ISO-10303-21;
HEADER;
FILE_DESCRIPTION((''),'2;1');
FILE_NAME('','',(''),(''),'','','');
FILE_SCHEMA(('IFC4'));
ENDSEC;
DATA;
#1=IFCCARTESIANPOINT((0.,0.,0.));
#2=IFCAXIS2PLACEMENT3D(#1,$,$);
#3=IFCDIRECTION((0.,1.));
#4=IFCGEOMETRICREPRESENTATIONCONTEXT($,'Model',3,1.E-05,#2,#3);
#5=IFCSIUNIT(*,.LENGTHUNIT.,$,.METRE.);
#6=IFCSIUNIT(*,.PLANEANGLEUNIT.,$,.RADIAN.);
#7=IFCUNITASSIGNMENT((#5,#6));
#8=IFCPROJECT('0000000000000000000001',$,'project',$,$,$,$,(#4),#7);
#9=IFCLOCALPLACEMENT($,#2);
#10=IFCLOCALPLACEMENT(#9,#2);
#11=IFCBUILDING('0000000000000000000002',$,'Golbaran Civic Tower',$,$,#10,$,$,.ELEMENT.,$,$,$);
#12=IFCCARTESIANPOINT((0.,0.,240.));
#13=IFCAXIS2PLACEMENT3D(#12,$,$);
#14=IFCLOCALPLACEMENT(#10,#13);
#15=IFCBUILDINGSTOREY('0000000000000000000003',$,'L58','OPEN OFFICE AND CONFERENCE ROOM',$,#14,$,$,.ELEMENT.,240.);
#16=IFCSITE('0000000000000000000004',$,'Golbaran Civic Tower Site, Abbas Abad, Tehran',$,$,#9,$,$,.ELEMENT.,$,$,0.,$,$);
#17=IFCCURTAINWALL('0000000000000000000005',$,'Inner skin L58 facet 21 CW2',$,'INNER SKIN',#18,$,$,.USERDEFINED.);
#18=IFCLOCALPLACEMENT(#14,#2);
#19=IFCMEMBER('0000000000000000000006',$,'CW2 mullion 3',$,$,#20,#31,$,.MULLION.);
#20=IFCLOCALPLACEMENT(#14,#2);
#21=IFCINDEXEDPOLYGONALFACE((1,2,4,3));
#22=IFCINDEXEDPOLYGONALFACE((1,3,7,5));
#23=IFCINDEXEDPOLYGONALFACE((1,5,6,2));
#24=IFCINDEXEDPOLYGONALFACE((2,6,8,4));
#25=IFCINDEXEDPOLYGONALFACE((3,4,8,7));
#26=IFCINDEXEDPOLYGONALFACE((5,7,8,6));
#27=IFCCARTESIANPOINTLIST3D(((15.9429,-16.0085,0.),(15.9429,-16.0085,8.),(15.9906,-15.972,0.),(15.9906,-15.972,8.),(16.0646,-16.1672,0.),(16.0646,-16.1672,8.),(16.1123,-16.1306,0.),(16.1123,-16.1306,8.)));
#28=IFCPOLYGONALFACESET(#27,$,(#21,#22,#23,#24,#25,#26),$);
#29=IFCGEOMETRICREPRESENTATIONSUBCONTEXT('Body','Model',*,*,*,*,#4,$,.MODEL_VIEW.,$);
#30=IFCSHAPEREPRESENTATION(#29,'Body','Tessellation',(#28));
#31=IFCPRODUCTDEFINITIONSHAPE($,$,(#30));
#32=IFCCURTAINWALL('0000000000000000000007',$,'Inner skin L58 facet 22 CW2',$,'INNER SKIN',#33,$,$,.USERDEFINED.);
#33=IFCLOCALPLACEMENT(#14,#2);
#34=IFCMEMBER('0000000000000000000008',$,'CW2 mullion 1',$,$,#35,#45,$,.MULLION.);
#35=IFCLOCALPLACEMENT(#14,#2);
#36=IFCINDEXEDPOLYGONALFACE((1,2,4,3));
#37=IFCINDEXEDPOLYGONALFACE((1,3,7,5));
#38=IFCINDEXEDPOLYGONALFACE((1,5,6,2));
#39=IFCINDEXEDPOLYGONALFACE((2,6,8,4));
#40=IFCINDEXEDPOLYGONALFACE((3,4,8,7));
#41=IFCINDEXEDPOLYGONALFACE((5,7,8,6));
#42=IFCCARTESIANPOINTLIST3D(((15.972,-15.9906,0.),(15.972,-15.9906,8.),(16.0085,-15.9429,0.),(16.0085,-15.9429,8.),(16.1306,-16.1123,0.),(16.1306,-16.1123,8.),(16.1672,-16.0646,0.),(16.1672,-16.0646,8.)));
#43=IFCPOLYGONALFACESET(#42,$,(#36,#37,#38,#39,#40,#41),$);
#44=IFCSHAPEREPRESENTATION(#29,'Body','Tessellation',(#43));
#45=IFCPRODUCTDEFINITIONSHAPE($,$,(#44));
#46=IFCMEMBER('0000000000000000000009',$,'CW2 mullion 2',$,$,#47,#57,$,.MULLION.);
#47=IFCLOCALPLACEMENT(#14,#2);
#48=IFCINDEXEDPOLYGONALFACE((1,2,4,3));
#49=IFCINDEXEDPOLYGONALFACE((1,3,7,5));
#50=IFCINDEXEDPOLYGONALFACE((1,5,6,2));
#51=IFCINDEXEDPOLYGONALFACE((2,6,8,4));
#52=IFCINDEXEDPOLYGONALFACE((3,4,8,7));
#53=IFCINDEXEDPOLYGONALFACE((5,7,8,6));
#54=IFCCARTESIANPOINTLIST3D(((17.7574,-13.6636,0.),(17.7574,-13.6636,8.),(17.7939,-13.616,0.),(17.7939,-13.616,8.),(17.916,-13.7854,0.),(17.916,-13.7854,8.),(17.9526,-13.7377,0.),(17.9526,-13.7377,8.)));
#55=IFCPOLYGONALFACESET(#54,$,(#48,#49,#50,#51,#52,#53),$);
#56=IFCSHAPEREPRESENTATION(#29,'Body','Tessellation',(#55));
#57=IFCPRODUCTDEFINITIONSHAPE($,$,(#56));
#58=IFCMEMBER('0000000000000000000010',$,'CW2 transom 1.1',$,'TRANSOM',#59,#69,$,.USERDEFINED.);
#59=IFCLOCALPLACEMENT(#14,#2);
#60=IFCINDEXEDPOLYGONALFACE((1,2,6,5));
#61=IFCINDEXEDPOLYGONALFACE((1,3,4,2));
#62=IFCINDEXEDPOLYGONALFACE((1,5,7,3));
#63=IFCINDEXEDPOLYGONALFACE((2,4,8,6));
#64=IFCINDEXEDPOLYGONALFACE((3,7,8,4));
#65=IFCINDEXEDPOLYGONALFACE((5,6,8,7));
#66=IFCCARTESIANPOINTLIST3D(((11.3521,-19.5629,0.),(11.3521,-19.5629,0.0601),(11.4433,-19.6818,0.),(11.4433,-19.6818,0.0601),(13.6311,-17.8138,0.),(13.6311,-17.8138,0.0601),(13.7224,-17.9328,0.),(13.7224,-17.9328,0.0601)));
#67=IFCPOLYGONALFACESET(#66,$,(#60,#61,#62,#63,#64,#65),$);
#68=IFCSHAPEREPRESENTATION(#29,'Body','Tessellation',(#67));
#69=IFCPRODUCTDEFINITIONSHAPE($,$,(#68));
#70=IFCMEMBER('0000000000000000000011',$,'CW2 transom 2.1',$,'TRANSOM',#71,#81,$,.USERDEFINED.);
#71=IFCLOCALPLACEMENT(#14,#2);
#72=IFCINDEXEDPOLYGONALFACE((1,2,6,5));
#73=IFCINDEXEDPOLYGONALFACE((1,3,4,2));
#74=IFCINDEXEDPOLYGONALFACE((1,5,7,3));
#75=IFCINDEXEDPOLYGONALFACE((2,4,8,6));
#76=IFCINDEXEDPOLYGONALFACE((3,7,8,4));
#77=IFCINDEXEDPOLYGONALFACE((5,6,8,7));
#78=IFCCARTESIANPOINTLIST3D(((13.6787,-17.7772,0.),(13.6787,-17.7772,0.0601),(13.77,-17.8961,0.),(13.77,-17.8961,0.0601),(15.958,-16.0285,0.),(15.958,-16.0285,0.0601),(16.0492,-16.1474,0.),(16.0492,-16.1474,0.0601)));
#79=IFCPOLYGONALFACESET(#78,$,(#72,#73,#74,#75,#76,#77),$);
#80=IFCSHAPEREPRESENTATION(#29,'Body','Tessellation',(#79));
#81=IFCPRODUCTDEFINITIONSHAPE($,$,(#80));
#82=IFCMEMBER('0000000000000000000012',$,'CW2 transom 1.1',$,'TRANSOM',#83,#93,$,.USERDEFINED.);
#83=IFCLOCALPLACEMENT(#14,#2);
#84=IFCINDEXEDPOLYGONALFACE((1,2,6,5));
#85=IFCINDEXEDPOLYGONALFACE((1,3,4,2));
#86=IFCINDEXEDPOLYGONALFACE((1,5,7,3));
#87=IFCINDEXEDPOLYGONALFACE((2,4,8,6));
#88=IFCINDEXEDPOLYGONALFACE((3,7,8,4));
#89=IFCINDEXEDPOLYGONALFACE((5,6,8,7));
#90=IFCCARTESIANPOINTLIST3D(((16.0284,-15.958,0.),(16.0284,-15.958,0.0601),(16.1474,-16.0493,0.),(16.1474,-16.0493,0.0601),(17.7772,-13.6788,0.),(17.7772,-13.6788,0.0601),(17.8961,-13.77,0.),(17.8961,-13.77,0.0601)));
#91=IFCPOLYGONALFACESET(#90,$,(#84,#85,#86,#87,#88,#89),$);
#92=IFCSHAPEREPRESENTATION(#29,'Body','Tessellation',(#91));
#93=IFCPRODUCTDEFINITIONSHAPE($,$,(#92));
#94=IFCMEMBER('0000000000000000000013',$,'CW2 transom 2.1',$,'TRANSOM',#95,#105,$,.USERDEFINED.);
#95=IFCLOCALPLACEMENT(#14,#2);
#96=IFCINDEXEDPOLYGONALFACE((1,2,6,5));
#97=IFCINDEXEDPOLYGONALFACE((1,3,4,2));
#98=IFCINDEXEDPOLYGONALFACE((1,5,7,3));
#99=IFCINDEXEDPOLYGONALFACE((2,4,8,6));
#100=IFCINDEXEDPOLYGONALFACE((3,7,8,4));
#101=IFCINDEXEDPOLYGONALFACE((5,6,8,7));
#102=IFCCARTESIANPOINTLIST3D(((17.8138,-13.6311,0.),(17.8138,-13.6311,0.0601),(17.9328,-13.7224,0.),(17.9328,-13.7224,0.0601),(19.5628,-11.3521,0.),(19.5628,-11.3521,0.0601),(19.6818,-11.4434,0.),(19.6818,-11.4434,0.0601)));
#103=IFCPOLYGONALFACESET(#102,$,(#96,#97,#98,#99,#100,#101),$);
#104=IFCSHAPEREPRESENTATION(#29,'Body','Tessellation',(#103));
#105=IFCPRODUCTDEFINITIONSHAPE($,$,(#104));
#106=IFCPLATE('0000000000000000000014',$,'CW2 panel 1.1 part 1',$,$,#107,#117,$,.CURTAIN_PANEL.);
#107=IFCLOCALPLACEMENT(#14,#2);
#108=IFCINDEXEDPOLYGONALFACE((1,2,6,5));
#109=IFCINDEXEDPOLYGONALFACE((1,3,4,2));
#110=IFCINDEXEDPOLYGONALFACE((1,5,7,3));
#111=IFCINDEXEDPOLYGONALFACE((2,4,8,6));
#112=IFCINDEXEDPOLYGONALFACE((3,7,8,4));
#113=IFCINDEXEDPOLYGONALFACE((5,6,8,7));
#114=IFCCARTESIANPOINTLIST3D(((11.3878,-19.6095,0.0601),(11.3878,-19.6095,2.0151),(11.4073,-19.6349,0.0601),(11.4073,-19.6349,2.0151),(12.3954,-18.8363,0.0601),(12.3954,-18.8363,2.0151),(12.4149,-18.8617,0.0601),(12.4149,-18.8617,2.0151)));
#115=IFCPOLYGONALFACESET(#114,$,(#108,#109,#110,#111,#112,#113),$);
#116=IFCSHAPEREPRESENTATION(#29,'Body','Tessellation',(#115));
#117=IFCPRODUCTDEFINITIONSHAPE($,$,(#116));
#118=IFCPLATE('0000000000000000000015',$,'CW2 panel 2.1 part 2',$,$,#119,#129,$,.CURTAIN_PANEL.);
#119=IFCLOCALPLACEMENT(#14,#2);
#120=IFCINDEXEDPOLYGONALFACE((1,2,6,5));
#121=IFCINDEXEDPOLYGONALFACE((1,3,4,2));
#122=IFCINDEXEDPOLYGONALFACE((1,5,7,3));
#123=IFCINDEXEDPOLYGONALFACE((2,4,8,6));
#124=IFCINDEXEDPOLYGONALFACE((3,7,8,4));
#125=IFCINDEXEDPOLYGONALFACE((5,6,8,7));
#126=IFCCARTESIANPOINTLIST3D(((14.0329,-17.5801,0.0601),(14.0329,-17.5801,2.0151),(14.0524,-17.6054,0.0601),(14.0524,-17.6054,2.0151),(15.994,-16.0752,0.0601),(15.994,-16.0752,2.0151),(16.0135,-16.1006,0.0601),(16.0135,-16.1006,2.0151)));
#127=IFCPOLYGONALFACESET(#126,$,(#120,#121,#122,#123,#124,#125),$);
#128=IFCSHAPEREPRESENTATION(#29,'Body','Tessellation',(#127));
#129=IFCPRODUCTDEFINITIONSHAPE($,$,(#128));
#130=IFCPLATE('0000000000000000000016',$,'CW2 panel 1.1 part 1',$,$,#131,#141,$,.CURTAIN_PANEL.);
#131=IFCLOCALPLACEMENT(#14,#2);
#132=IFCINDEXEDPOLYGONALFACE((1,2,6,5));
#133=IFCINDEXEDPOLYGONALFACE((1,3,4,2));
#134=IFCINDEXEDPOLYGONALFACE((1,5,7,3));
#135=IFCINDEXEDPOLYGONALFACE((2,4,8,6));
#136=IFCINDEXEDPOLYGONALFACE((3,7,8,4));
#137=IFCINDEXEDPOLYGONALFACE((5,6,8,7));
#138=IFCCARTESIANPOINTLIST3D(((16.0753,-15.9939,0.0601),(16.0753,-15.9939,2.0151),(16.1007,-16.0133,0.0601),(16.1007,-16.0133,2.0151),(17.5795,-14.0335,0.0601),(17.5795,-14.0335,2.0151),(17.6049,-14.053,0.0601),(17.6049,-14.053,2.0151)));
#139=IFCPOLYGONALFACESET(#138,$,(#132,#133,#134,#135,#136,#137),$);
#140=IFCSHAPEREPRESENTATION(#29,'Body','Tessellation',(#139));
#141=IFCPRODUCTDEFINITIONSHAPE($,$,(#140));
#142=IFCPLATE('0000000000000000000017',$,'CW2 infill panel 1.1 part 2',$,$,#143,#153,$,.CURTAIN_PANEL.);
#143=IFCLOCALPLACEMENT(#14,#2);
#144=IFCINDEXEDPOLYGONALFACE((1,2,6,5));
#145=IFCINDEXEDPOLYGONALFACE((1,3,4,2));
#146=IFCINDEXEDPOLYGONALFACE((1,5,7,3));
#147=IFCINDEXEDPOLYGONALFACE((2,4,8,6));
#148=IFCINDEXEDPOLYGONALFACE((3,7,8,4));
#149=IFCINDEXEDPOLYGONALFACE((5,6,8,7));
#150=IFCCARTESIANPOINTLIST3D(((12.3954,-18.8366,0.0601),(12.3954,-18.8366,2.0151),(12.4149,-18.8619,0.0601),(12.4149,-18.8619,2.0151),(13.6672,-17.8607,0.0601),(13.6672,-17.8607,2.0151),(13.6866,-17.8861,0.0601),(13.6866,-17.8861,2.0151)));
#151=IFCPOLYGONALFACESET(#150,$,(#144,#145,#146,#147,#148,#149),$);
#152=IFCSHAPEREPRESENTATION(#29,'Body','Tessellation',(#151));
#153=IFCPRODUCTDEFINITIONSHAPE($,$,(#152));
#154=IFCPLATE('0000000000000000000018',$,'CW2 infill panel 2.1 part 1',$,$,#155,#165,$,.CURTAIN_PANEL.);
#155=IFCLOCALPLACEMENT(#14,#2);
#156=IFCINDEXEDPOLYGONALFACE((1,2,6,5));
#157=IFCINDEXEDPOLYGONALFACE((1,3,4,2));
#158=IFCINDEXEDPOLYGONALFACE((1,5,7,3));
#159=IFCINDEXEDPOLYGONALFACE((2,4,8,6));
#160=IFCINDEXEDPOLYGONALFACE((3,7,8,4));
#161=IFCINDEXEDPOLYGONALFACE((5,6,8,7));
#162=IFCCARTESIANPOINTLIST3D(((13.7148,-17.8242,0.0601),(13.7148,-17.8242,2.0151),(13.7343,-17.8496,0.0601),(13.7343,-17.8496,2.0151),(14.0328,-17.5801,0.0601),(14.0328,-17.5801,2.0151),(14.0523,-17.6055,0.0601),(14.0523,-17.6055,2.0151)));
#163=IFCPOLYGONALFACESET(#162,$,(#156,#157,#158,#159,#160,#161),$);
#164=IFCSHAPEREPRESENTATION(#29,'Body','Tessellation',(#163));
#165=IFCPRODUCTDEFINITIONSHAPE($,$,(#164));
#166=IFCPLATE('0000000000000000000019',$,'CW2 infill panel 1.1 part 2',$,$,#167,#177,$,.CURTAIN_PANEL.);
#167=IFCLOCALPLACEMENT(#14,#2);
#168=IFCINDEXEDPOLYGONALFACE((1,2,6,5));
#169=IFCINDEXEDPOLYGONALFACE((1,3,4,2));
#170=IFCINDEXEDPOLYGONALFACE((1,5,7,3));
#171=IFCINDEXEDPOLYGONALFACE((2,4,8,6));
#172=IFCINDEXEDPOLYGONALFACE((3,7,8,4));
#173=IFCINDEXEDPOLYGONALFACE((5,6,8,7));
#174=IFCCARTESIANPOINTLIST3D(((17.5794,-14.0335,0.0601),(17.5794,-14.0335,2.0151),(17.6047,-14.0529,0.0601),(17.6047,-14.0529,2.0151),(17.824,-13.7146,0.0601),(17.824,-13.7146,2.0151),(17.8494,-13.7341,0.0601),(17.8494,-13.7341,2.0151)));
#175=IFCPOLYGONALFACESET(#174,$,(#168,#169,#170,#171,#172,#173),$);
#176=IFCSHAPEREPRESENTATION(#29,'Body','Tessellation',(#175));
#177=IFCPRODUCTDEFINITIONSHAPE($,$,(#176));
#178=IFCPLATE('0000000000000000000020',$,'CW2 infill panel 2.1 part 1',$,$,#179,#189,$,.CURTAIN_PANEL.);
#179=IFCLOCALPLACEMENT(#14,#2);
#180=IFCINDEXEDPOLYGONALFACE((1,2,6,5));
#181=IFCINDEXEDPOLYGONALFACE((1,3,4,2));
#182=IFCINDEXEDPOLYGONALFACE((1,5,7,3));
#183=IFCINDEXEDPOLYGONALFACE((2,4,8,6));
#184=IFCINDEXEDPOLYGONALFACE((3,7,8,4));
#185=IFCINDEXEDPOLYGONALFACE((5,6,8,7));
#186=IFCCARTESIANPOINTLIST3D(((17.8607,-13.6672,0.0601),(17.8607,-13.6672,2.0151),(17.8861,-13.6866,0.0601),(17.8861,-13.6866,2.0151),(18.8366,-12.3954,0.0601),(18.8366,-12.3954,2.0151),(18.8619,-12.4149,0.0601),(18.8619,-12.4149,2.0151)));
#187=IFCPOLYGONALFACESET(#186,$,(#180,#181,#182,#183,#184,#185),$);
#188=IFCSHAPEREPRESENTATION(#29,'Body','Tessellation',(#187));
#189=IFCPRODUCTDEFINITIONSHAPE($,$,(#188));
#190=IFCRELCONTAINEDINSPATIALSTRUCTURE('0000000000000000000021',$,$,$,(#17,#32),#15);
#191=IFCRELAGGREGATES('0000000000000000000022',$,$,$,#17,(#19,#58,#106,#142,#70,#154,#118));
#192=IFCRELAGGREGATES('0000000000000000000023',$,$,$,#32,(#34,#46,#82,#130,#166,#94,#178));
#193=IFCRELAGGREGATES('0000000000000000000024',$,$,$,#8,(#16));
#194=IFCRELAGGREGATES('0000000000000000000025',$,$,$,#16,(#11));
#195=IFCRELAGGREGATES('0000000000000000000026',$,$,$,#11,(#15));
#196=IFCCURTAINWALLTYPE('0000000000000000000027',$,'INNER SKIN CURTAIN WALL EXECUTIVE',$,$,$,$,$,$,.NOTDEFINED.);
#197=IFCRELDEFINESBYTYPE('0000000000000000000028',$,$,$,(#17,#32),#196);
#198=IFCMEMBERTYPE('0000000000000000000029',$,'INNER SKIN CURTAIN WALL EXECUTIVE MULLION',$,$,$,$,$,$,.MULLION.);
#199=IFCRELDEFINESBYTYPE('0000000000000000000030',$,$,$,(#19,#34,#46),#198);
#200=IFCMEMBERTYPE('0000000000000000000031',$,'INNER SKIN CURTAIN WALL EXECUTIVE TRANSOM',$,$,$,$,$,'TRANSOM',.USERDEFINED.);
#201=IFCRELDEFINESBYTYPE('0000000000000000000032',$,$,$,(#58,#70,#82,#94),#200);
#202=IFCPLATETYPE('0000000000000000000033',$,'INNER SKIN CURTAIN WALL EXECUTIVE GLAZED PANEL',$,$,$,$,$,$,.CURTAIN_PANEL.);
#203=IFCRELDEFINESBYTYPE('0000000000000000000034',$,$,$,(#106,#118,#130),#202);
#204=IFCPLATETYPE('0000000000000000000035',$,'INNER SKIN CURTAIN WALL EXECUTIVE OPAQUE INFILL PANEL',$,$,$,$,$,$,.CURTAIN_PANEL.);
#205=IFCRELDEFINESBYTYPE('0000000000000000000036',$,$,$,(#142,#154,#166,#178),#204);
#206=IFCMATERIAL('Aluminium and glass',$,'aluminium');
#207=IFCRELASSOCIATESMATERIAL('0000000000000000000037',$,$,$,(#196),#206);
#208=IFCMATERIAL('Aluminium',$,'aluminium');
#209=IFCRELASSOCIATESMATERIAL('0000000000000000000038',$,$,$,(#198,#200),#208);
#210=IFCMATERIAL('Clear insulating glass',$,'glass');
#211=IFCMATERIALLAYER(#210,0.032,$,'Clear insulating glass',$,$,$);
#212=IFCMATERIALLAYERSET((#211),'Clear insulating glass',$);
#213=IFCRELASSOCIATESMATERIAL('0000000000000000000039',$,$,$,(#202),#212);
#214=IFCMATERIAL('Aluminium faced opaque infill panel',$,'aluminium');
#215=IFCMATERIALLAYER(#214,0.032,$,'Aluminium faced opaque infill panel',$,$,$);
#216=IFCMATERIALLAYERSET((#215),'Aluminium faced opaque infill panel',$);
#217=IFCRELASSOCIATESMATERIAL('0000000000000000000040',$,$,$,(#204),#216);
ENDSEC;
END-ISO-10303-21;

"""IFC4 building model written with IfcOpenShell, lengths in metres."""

from ifc_helpers import new_model, si_unit, direction, frame, origin, origin_2d, place, context, subcontext, project, spatial, rectangle, extrude, material, layer, layer_set, material_profile, profile_set, type_object, element, aggregate, save


model = new_model("IFC4")

# Units and contexts
model_context = context("Model", 3, precision=1e-05, world=origin(), true_north=direction((0.0, 1.0)))
body_context = subcontext(model_context, "Body", "Model", "MODEL_VIEW")
ifc_project = project(units=[si_unit("LENGTHUNIT", "METRE"), si_unit("PLANEANGLEUNIT", "RADIAN")], contexts=[model_context])

# Site, building, storey
site_placement = place(None, origin())
site = spatial("IfcSite", under=ifc_project, at=site_placement, Name="Golbaran Civic Tower Site, Abbas Abad, Tehran", CompositionType="ELEMENT", RefElevation=0.0)
building_placement = place(site_placement, origin())
building = spatial("IfcBuilding", under=site, at=building_placement, Name="Golbaran Civic Tower", CompositionType="ELEMENT")
storey_placement = place(building_placement, frame((0.0, 0.0, 240.0)))
storey = spatial("IfcBuildingStorey", under=building, at=storey_placement, Name="L58", Description="OPEN OFFICE AND CONFERENCE ROOM", CompositionType="ELEMENT", Elevation=240.0)

# Shared definitions
ifc_material_1 = material(Name="Aluminium and glass", Category="aluminium")
curtain_wall_type = type_object("IfcCurtainWallType", Name="INNER SKIN CURTAIN WALL EXECUTIVE", PredefinedType="NOTDEFINED", material=ifc_material_1)
ifc_material_2 = material(Name="Aluminium", Category="aluminium")
ifc_material_profile_1 = material_profile(ifc_material_2, rectangle(XDim=0.2, YDim=0.0601, at=origin_2d()), Name="INNER SKIN CURTAIN WALL EXECUTIVE MULLION")
ifc_profile_set_1 = profile_set([ifc_material_profile_1], Name="Aluminium")
member_type_1 = type_object("IfcMemberType", Name="INNER SKIN CURTAIN WALL EXECUTIVE MULLION", PredefinedType="MULLION", material=ifc_profile_set_1)

# Curtain walls, members
curtain_wall_1_placement = place(storey_placement, origin())
curtain_wall_1 = element("IfcCurtainWall", 1, at=curtain_wall_1_placement, inside=storey, type_object=curtain_wall_type, Name="Inner skin L58 facet 21 CW2", ObjectType="INNER SKIN", PredefinedType="USERDEFINED")
member_1_placement = place(storey_placement, frame((16.0276, -16.0696, 0.0), z_axis=(0.0, 0.0, 1.0), x_axis=(-0.608761, 0.793353, 0.0)))
member_1 = element("IfcMember", 2, at=member_1_placement, type_object=member_type_1, Name="CW2 mullion 3", PredefinedType="MULLION", context=body_context, shape_type="SweptSolid", body=[
    extrude(rectangle(XDim=0.2, YDim=0.0601, at=origin_2d()), origin(), (0.0, 0.0, 1.0), 8.0),
])
curtain_wall_2_placement = place(storey_placement, origin())
curtain_wall_2 = element("IfcCurtainWall", 3, at=curtain_wall_2_placement, inside=storey, type_object=curtain_wall_type, Name="Inner skin L58 facet 22 CW2", ObjectType="INNER SKIN", PredefinedType="USERDEFINED")
member_2_placement = place(storey_placement, frame((16.0696, -16.0276, 0.0), z_axis=(0.0, 0.0, 1.0), x_axis=(-0.793353, 0.608761, 0.0)))
member_2 = element("IfcMember", 4, at=member_2_placement, type_object=member_type_1, Name="CW2 mullion 1", PredefinedType="MULLION", context=body_context, shape_type="SweptSolid", body=[
    extrude(rectangle(XDim=0.2, YDim=0.0601, at=origin_2d()), origin(), (0.0, 0.0, 1.0), 8.0),
])
member_3_placement = place(storey_placement, frame((17.855, -13.7007, 0.0), z_axis=(0.0, 0.0, 1.0), x_axis=(-0.793353, 0.608761, 0.0)))
member_3 = element("IfcMember", 5, at=member_3_placement, type_object=member_type_1, Name="CW2 mullion 2", PredefinedType="MULLION", context=body_context, shape_type="SweptSolid", body=[
    extrude(rectangle(XDim=0.2, YDim=0.0601, at=origin_2d()), origin(), (0.0, 0.0, 1.0), 8.0),
])

# Members
ifc_material_profile_2 = material_profile(ifc_material_2, rectangle(XDim=0.1499, YDim=0.0601, at=origin_2d()), Name="INNER SKIN CURTAIN WALL EXECUTIVE TRANSOM")
ifc_profile_set_2 = profile_set([ifc_material_profile_2], Name="Aluminium")
member_type_2 = type_object("IfcMemberType", Name="INNER SKIN CURTAIN WALL EXECUTIVE TRANSOM", ElementType="TRANSOM", PredefinedType="USERDEFINED", material=ifc_profile_set_2)
member_4_placement = place(storey_placement, frame((11.3977, -19.6223, 0.03), z_axis=(0.793312, 0.608815, 0.0), x_axis=(-0.608815, 0.793312, 0.0)))
member_4 = element("IfcMember", 6, at=member_4_placement, type_object=member_type_2, Name="CW2 transom 1.1", ObjectType="TRANSOM", PredefinedType="USERDEFINED", context=body_context, shape_type="SweptSolid", body=[
    extrude(rectangle(XDim=0.1499, YDim=0.0601, at=origin_2d()), origin(), (0.0, 0.0, 1.0), 2.8728),
])
member_5_placement = place(storey_placement, frame((13.7244, -17.8367, 0.03), z_axis=(0.793385, 0.608721, 0.0), x_axis=(-0.608721, 0.793385, 0.0)))
member_5 = element("IfcMember", 7, at=member_5_placement, type_object=member_type_2, Name="CW2 transom 2.1", ObjectType="TRANSOM", PredefinedType="USERDEFINED", context=body_context, shape_type="SweptSolid", body=[
    extrude(rectangle(XDim=0.1499, YDim=0.0601, at=origin_2d()), origin(), (0.0, 0.0, 1.0), 2.8728),
])
member_6_placement = place(storey_placement, frame((16.0879, -16.0037, 0.03), z_axis=(0.608721, 0.793385, 0.0), x_axis=(-0.793385, 0.608721, 0.0)))
member_6 = element("IfcMember", 8, at=member_6_placement, type_object=member_type_2, Name="CW2 transom 1.1", ObjectType="TRANSOM", PredefinedType="USERDEFINED", context=body_context, shape_type="SweptSolid", body=[
    extrude(rectangle(XDim=0.1499, YDim=0.0601, at=origin_2d()), origin(), (0.0, 0.0, 1.0), 2.8728),
])
member_7_placement = place(storey_placement, frame((17.8733, -13.6768, 0.03), z_axis=(0.608815, 0.793312, 0.0), x_axis=(-0.793312, 0.608815, 0.0)))
member_7 = element("IfcMember", 9, at=member_7_placement, type_object=member_type_2, Name="CW2 transom 2.1", ObjectType="TRANSOM", PredefinedType="USERDEFINED", context=body_context, shape_type="SweptSolid", body=[
    extrude(rectangle(XDim=0.1499, YDim=0.0601, at=origin_2d()), origin(), (0.0, 0.0, 1.0), 2.8728),
])

# Plates
ifc_material_3 = material(Name="Clear insulating glass", Category="glass")
ifc_layer_1 = layer(ifc_material_3, 0.032, Name="Clear insulating glass")
ifc_layer_set_1 = layer_set([ifc_layer_1], Name="Clear insulating glass")
plate_type_1 = type_object("IfcPlateType", Name="INNER SKIN CURTAIN WALL EXECUTIVE GLAZED PANEL", PredefinedType="CURTAIN_PANEL", material=ifc_layer_set_1)
plate_1_placement = place(storey_placement, frame((11.9014, -19.2356, 0.0601), z_axis=(0.0, 0.0, 1.0), x_axis=(0.793353, 0.608761, 0.0)))
plate_1 = element("IfcPlate", 10, at=plate_1_placement, type_object=plate_type_1, Name="CW2 panel 1.1 part 1", PredefinedType="CURTAIN_PANEL", context=body_context, shape_type="SweptSolid", body=[
    extrude(rectangle(XDim=1.27, YDim=0.032, at=origin_2d()), origin(), (0.0, 0.0, 1.0), 1.9551),
])
plate_2_placement = place(storey_placement, frame((15.0232, -16.8403, 0.0601), z_axis=(0.0, 0.0, 1.0), x_axis=(0.793353, 0.608761, 0.0)))
plate_2 = element("IfcPlate", 11, at=plate_2_placement, type_object=plate_type_1, Name="CW2 panel 2.1 part 2", PredefinedType="CURTAIN_PANEL", context=body_context, shape_type="SweptSolid", body=[
    extrude(rectangle(XDim=2.4719, YDim=0.032, at=origin_2d()), origin(), (0.0, 0.0, 1.0), 1.9551),
])
plate_3_placement = place(storey_placement, frame((16.8401, -15.0234, 0.0601), z_axis=(0.0, 0.0, 1.0), x_axis=(0.608761, 0.793353, 0.0)))
plate_3 = element("IfcPlate", 12, at=plate_3_placement, type_object=plate_type_1, Name="CW2 panel 1.1 part 1", PredefinedType="CURTAIN_PANEL", context=body_context, shape_type="SweptSolid", body=[
    extrude(rectangle(XDim=2.4709, YDim=0.032, at=origin_2d()), origin(), (0.0, 0.0, 1.0), 1.9551),
])
ifc_material_4 = material(Name="Aluminium faced opaque infill panel", Category="aluminium")
ifc_layer_2 = layer(ifc_material_4, 0.032, Name="Aluminium faced opaque infill panel")
ifc_layer_set_2 = layer_set([ifc_layer_2], Name="Aluminium faced opaque infill panel")
plate_type_2 = type_object("IfcPlateType", Name="INNER SKIN CURTAIN WALL EXECUTIVE OPAQUE INFILL PANEL", PredefinedType="CURTAIN_PANEL", material=ifc_layer_set_2)
plate_4_placement = place(storey_placement, frame((13.041, -18.3613, 0.0601), z_axis=(0.0, 0.0, 1.0), x_axis=(0.793353, 0.608761, 0.0)))
plate_4 = element("IfcPlate", 13, at=plate_4_placement, type_object=plate_type_2, Name="CW2 infill panel 1.1 part 2", PredefinedType="CURTAIN_PANEL", context=body_context, shape_type="SweptSolid", body=[
    extrude(rectangle(XDim=1.603, YDim=0.032, at=origin_2d()), origin(), (0.0, 0.0, 1.0), 1.9551),
])
plate_5_placement = place(storey_placement, frame((13.8835, -17.7148, 0.0601), z_axis=(0.0, 0.0, 1.0), x_axis=(0.793353, 0.608761, 0.0)))
plate_5 = element("IfcPlate", 14, at=plate_5_placement, type_object=plate_type_2, Name="CW2 infill panel 2.1 part 1", PredefinedType="CURTAIN_PANEL", context=body_context, shape_type="SweptSolid", body=[
    extrude(rectangle(XDim=0.4009, YDim=0.032, at=origin_2d()), origin(), (0.0, 0.0, 1.0), 1.9551),
])
aggregate(curtain_wall_1, [member_1, member_4, plate_1, plate_4, member_5, plate_5, plate_2])
plate_6_placement = place(storey_placement, frame((17.7144, -13.8838, 0.0601), z_axis=(0.0, 0.0, 1.0), x_axis=(0.608761, 0.793353, 0.0)))
plate_6 = element("IfcPlate", 15, at=plate_6_placement, type_object=plate_type_2, Name="CW2 infill panel 1.1 part 2", PredefinedType="CURTAIN_PANEL", context=body_context, shape_type="SweptSolid", body=[
    extrude(rectangle(XDim=0.4019, YDim=0.032, at=origin_2d()), origin(), (0.0, 0.0, 1.0), 1.9551),
])
plate_7_placement = place(storey_placement, frame((18.3613, -13.041, 0.0601), z_axis=(0.0, 0.0, 1.0), x_axis=(0.608761, 0.793353, 0.0)))
plate_7 = element("IfcPlate", 16, at=plate_7_placement, type_object=plate_type_2, Name="CW2 infill panel 2.1 part 1", PredefinedType="CURTAIN_PANEL", context=body_context, shape_type="SweptSolid", body=[
    extrude(rectangle(XDim=1.603, YDim=0.032, at=origin_2d()), origin(), (0.0, 0.0, 1.0), 1.9551),
])
aggregate(curtain_wall_2, [member_2, member_3, member_6, plate_3, plate_6, member_7, plate_7])

save(model, "model.ifc")
